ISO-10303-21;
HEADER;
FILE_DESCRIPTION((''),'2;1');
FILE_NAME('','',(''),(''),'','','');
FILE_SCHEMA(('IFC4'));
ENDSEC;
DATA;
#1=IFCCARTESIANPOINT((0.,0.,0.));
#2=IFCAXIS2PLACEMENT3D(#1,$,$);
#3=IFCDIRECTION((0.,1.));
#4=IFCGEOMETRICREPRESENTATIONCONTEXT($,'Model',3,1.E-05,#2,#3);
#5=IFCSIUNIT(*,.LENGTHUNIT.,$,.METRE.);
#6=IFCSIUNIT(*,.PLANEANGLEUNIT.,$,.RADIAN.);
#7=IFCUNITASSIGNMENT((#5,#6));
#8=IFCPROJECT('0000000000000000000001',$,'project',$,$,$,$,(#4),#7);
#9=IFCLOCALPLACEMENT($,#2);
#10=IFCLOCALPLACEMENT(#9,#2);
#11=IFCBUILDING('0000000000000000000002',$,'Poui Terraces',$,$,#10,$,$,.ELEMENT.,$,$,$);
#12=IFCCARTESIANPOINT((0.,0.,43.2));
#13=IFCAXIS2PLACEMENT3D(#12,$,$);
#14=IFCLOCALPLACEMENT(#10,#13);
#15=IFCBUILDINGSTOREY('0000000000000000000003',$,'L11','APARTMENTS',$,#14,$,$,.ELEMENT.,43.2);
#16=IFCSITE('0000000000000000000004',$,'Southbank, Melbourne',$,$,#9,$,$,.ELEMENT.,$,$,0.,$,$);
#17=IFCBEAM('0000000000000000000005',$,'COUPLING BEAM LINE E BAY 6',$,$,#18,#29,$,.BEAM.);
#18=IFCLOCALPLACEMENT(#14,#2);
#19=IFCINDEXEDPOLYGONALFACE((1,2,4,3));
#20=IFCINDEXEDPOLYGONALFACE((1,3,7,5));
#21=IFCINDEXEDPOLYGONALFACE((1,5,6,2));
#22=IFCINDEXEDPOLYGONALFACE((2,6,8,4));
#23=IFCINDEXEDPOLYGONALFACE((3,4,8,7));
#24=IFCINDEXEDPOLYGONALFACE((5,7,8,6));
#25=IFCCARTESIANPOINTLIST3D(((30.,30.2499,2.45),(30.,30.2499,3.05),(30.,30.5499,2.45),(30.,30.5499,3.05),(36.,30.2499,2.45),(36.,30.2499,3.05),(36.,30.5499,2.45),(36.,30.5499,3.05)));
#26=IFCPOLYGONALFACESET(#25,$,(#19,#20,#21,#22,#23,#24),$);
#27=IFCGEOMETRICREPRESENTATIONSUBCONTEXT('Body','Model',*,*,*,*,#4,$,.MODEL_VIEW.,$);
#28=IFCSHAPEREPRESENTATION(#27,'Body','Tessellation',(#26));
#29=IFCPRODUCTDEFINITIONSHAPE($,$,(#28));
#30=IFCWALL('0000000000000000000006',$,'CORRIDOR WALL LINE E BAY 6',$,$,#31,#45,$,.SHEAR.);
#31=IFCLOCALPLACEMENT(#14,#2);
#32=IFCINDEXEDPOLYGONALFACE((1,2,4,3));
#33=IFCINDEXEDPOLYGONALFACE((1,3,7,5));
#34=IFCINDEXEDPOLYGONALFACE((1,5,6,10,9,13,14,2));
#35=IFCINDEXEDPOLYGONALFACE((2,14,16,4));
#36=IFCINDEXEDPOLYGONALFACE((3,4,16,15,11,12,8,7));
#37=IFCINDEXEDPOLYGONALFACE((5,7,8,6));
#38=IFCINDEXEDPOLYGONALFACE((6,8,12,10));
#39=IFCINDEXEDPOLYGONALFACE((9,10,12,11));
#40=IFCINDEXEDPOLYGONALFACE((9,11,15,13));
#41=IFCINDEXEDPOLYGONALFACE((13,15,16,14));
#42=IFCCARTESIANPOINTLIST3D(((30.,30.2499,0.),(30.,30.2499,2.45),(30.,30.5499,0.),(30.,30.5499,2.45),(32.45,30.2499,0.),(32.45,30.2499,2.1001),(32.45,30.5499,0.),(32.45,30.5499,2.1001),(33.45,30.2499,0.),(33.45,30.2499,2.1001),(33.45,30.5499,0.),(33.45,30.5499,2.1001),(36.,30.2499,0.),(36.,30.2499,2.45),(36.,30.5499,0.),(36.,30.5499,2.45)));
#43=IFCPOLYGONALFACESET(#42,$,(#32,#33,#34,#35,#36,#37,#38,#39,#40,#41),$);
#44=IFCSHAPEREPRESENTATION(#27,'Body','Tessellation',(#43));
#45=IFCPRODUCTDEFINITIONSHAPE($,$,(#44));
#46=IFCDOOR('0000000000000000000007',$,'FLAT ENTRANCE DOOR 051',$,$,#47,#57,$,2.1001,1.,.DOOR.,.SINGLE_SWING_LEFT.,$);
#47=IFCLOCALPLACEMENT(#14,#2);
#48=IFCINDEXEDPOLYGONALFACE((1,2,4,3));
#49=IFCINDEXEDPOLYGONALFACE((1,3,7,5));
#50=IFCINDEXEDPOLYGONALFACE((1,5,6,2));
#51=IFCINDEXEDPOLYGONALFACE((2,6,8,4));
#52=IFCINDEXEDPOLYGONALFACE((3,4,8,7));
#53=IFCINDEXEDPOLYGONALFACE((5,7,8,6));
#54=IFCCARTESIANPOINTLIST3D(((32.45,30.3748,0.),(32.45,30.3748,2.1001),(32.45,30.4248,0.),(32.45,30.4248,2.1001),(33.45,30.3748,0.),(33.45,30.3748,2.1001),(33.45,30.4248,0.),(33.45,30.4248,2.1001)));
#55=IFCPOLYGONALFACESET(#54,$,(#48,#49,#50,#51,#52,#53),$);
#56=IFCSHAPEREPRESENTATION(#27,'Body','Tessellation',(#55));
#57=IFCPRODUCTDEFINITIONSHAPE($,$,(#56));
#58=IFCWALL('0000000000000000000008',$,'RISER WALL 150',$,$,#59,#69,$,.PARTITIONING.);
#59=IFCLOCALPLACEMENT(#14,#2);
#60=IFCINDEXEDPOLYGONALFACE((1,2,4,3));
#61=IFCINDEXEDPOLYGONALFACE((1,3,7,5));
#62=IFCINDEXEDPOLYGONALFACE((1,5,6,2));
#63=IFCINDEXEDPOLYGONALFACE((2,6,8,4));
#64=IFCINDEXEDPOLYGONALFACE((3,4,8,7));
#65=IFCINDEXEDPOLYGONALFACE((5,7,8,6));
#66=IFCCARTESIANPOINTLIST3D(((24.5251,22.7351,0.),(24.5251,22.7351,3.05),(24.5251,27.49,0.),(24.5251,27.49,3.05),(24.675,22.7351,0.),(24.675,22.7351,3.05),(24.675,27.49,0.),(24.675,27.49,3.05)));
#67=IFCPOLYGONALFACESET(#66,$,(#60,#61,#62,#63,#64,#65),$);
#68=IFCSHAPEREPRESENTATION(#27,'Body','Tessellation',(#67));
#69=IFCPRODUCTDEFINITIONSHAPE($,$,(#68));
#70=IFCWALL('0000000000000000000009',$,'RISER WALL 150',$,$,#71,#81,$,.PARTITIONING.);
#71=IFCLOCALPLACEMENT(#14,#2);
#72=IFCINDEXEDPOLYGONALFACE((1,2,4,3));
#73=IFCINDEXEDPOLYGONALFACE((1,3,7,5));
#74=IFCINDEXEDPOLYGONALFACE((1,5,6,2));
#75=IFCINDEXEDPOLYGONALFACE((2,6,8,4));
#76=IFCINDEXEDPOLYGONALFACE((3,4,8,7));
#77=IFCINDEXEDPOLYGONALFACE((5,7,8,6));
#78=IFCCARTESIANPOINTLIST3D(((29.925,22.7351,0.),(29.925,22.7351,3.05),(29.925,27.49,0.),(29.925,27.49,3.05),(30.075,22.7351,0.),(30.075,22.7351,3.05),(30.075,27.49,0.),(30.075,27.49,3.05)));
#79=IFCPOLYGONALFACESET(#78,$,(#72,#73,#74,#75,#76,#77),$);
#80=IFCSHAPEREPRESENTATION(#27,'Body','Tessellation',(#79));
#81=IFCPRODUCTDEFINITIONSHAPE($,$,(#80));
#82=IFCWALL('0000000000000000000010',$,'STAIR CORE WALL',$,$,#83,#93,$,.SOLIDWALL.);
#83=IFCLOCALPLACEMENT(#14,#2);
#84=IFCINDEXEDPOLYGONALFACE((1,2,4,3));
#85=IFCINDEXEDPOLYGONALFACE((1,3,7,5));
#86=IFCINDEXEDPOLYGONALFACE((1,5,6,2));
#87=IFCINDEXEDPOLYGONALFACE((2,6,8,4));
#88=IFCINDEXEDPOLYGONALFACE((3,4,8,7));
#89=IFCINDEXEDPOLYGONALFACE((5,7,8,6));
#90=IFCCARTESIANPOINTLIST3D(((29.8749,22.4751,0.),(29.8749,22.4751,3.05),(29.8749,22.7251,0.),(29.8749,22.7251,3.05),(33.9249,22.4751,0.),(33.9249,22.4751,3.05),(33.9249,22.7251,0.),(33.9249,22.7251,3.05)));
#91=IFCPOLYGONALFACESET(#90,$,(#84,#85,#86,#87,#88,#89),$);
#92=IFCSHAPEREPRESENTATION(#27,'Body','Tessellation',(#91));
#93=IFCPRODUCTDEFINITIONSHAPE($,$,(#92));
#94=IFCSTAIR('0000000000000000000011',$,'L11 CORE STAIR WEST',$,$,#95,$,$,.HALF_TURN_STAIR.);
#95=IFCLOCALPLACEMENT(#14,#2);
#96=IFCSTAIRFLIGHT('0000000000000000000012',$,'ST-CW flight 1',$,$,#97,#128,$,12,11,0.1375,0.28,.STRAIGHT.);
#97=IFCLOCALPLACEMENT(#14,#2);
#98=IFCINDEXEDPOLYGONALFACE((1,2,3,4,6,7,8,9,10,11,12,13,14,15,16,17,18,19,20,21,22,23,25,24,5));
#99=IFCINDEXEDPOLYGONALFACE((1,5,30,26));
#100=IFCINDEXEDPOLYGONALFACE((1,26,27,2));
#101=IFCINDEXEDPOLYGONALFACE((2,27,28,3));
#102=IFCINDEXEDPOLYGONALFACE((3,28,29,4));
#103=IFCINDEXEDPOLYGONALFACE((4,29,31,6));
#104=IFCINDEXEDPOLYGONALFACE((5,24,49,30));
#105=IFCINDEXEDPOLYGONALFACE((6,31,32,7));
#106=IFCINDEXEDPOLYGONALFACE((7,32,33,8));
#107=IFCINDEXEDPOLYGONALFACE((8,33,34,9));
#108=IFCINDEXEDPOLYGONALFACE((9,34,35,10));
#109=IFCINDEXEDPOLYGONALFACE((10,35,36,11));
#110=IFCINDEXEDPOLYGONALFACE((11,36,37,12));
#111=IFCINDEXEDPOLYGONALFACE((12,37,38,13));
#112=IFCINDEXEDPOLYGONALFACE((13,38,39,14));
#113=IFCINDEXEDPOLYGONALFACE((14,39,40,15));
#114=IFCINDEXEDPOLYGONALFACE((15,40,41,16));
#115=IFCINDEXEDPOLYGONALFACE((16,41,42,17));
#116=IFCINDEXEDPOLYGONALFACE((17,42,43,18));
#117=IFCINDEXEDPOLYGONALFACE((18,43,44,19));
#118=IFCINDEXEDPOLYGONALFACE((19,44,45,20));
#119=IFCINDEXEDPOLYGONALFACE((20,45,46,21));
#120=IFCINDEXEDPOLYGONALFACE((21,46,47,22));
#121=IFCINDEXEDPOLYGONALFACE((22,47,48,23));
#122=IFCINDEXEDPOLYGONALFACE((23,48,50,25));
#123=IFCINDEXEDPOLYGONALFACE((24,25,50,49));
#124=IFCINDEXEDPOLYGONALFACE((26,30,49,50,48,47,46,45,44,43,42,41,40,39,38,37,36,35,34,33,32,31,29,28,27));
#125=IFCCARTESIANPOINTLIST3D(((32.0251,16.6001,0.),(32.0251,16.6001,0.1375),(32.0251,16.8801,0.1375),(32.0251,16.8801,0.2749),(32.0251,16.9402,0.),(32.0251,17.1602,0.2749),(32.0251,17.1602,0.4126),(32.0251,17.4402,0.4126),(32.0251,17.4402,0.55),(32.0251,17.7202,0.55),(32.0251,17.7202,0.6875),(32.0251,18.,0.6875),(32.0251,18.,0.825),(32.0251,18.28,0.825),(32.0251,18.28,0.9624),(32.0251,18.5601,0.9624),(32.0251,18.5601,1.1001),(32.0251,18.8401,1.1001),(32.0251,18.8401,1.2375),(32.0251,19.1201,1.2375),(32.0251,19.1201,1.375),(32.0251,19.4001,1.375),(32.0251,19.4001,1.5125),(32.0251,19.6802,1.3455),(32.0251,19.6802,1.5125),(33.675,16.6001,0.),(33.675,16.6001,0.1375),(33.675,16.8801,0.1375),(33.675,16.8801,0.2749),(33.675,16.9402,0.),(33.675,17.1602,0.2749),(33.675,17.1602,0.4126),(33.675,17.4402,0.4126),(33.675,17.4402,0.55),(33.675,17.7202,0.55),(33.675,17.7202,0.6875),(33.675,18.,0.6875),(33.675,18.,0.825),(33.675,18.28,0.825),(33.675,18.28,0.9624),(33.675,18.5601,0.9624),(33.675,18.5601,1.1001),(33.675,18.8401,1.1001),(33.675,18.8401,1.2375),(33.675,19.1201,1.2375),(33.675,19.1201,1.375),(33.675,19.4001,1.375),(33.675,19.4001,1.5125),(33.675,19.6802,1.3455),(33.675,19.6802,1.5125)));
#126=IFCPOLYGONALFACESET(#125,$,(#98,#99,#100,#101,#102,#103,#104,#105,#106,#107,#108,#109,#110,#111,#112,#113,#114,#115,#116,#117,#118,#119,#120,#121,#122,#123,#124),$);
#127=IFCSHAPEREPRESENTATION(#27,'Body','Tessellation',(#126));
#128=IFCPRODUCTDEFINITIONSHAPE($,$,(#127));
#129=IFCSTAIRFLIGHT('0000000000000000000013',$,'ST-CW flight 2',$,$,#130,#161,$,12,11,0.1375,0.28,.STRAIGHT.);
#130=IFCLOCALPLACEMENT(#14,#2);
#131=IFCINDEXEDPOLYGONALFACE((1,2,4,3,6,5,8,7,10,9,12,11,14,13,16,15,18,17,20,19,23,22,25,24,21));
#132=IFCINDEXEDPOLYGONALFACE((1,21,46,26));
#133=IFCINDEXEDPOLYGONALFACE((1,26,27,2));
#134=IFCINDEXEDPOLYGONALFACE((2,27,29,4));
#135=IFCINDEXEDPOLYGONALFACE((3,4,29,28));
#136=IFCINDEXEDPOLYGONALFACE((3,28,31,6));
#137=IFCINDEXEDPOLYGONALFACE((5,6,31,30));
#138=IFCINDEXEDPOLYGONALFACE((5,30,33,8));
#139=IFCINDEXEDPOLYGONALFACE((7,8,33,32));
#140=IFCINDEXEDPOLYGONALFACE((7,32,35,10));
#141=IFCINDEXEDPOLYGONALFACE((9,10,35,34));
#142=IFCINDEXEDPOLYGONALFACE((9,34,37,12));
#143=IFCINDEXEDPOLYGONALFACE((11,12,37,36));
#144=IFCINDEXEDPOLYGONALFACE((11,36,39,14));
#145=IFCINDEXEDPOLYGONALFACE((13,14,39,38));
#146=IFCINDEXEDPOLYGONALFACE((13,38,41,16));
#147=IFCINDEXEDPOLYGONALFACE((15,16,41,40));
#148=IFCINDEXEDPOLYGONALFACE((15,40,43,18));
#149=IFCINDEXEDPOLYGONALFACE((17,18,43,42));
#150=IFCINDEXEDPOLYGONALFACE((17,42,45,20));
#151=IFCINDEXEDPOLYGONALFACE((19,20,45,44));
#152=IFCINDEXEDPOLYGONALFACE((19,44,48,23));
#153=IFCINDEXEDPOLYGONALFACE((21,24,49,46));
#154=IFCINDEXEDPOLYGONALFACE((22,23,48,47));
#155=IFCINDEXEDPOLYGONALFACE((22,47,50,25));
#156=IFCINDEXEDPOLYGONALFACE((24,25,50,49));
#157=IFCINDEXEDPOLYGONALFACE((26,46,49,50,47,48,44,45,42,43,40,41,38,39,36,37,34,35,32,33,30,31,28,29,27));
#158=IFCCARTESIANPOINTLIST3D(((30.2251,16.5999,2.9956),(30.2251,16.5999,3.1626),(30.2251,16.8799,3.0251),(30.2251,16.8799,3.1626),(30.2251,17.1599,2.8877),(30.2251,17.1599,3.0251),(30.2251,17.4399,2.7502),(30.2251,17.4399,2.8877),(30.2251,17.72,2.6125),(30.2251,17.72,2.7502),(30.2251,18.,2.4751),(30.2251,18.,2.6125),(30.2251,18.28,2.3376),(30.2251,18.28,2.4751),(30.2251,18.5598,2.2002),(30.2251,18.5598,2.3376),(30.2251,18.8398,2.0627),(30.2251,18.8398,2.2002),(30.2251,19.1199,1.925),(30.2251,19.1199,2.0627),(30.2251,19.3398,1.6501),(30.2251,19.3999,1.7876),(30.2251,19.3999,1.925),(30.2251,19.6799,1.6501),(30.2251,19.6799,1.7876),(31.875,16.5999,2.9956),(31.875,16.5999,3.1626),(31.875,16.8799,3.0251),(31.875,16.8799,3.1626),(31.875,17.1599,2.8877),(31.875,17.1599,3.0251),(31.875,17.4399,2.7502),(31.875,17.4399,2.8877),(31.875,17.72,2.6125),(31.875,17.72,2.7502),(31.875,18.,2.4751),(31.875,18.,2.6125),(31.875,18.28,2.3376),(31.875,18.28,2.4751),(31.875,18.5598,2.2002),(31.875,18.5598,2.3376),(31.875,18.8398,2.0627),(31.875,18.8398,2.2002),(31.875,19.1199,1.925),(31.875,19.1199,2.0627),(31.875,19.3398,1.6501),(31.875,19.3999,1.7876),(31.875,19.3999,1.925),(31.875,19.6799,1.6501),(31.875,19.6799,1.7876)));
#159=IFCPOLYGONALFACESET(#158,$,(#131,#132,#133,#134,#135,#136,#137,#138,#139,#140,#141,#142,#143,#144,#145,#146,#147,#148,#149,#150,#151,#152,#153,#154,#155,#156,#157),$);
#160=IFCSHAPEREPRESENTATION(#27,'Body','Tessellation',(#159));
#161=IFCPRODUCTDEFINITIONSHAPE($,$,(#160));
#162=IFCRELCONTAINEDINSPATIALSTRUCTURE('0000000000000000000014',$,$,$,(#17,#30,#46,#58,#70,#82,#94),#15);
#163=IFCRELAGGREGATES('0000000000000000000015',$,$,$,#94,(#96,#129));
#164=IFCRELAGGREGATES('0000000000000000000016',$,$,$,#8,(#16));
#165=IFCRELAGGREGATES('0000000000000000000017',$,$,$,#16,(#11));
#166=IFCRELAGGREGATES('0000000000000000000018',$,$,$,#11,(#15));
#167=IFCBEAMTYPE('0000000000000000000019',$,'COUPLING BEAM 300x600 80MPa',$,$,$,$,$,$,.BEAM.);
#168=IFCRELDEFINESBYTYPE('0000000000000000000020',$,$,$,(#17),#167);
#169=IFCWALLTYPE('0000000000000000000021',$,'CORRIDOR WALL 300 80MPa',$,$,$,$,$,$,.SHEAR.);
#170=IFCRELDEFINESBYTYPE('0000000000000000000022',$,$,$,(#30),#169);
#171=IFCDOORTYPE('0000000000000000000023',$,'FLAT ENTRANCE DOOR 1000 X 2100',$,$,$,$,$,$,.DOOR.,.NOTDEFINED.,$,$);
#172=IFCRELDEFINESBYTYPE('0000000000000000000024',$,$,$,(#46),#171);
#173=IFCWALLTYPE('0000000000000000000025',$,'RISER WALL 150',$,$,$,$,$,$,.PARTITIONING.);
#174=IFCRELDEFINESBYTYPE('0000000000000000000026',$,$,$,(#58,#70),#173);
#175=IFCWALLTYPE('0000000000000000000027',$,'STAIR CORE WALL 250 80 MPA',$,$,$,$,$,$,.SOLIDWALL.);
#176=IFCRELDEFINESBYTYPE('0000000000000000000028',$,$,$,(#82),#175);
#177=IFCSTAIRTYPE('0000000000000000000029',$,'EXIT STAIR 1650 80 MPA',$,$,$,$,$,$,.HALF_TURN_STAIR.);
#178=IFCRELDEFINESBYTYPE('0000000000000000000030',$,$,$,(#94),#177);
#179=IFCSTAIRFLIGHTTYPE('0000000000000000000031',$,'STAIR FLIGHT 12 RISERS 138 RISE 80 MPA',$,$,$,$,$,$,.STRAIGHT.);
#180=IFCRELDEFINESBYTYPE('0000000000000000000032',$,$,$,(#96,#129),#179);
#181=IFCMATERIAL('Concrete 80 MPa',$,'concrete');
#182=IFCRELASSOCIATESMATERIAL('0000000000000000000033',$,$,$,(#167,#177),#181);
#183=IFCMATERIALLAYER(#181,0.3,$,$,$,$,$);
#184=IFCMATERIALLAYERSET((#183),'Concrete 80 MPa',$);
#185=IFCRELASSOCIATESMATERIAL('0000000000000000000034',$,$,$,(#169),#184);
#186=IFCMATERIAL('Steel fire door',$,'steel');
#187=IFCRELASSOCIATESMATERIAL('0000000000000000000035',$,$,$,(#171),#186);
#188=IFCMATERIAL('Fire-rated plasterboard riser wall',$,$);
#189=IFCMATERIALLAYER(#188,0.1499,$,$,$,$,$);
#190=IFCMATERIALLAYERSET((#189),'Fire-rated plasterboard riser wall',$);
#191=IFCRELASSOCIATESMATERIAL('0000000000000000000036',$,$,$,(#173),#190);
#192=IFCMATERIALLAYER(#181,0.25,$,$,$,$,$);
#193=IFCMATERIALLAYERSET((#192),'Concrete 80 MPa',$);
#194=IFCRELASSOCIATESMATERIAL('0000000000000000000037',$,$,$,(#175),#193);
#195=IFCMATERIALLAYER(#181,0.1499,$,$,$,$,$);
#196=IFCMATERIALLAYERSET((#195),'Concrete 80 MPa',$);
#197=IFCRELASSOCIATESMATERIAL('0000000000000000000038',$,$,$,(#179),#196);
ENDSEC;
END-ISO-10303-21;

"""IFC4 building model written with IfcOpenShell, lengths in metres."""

from ifc_helpers import new_model, si_unit, direction, frame, frame_2d, origin, origin_2d, place, context, subcontext, project, spatial, polyline, rectangle, outline, extrude, source, transform, mapped, material, layer, layer_set, material_profile, profile_set, type_object, element, fill, aggregate, save


model = new_model("IFC4")

# Units and contexts
model_context = context("Model", 3, precision=1e-05, world=origin(), true_north=direction((0.0, 1.0)))
body_context = subcontext(model_context, "Body", "Model", "MODEL_VIEW")
ifc_project = project(units=[si_unit("LENGTHUNIT", "METRE"), si_unit("PLANEANGLEUNIT", "RADIAN")], contexts=[model_context])

# Site, building, storey
site_placement = place(None, origin())
site = spatial("IfcSite", under=ifc_project, at=site_placement, Name="Southbank, Melbourne", CompositionType="ELEMENT", RefElevation=0.0)
building_placement = place(site_placement, origin())
building = spatial("IfcBuilding", under=site, at=building_placement, Name="Poui Terraces", CompositionType="ELEMENT")
storey_placement = place(building_placement, frame((0.0, 0.0, 43.2)))
storey = spatial("IfcBuildingStorey", under=building, at=storey_placement, Name="L11", Description="APARTMENTS", CompositionType="ELEMENT", Elevation=43.2)

# Beam
ifc_material_1 = material(Name="Concrete 80 MPa", Category="concrete")
ifc_material_profile = material_profile(ifc_material_1, rectangle(XDim=0.3, YDim=0.6001, at=origin_2d()), Name="RC 300x600")
ifc_profile_set = profile_set([ifc_material_profile], Name="Concrete 80 MPa")
beam_type = type_object("IfcBeamType", Name="COUPLING BEAM 300x600 80MPa", PredefinedType="BEAM", material=ifc_profile_set)
shared_shape = source(origin(), body_context, "Body", "SweptSolid", [
    extrude(rectangle(XDim=0.3, YDim=0.6001, at=origin_2d()), origin(), (0.0, 0.0, 1.0), 6.0),
])
beam_placement = place(storey_placement, frame((30.0, 30.3999, 2.75), z_axis=(1.0, 0.0, 0.0), x_axis=(0.0, 1.0, 0.0)))
element("IfcBeam", 1, at=beam_placement, inside=storey, type_object=beam_type, Name="COUPLING BEAM LINE E BAY 6", PredefinedType="BEAM", context=body_context, shape_type="MappedRepresentation", body=[
    mapped(shared_shape, transform((0.0, 0.0, 0.0))),
])

# Wall, opening, door
ifc_layer_1 = layer(ifc_material_1, 0.3)
ifc_layer_set_1 = layer_set([ifc_layer_1], Name="Concrete 80 MPa")
wall_type_1 = type_object("IfcWallType", Name="CORRIDOR WALL 300 80MPa", PredefinedType="SHEAR", material=ifc_layer_set_1)
wall_1_placement = place(storey_placement, frame((30.0, 30.3999, 0.0), z_axis=(0.0, 0.0, 1.0), x_axis=(1.0, 0.0, 0.0)))
wall_1 = element("IfcWall", 2, at=wall_1_placement, inside=storey, type_object=wall_type_1, Name="CORRIDOR WALL LINE E BAY 6", PredefinedType="SHEAR", context=body_context, shape_type="SweptSolid", body=[
    extrude(rectangle(XDim=6.0, YDim=0.3, at=frame_2d((3.0, 0.0))), origin(), (0.0, 0.0, 1.0), 2.45),
])
opening_placement = place(wall_1_placement, frame((2.45, 0.0, 0.0)))
opening = element("IfcOpeningElement", 3, at=opening_placement, cuts=wall_1, PredefinedType="OPENING", context=body_context, shape_type="SweptSolid", body=[
    extrude(rectangle(XDim=1.0, YDim=2.1001, at=frame_2d((0.5, 1.05))), frame((0.0, 0.1602, 0.0), z_axis=(0.0, -1.0, 0.0), x_axis=(1.0, 0.0, 0.0)), (0.0, 0.0, 1.0), 0.3201),
])
ifc_material_2 = material(Name="Steel fire door", Category="steel")
door_type = type_object("IfcDoorType", Name="FLAT ENTRANCE DOOR 1000 X 2100", OperationType="NOTDEFINED", PredefinedType="DOOR", material=ifc_material_2)
door_placement = place(opening_placement, origin())
door = element("IfcDoor", 4, at=door_placement, inside=storey, type_object=door_type, Name="FLAT ENTRANCE DOOR 051", OperationType="SINGLE_SWING_LEFT", OverallHeight=2.1001, OverallWidth=1.0, PredefinedType="DOOR", context=body_context, shape_type="SweptSolid", body=[
    extrude(rectangle(XDim=1.0, YDim=2.1001, at=frame_2d((0.5, 1.05))), frame((0.0, 0.0249, 0.0), z_axis=(0.0, -1.0, 0.0), x_axis=(1.0, 0.0, 0.0)), (0.0, 0.0, 1.0), 0.05),
])
fill(opening, door)

# Walls
ifc_material_3 = material(Name="Fire-rated plasterboard riser wall")
ifc_layer_2 = layer(ifc_material_3, 0.1499)
ifc_layer_set_2 = layer_set([ifc_layer_2], Name="Fire-rated plasterboard riser wall")
wall_type_2 = type_object("IfcWallType", Name="RISER WALL 150", PredefinedType="PARTITIONING", material=ifc_layer_set_2)
for number, where, z_axis, x_axis, name in (
    (5, (24.6001, 22.7351, 0.0), (0.0, 0.0, 1.0), (0.0, 1.0, 0.0), "RISER WALL 150"),
    (6, (30.0, 22.7351, 0.0), (0.0, 0.0, 1.0), (0.0, 1.0, 0.0), "RISER WALL 150"),
):
    element("IfcWall", number, at=place(storey_placement, frame(where, z_axis=z_axis, x_axis=x_axis)), inside=storey, type_object=wall_type_2, Name=name, PredefinedType="PARTITIONING", context=body_context, shape_type="SweptSolid", body=[
        extrude(rectangle(XDim=4.7549, YDim=0.1499, at=frame_2d((2.3774, 0.0))), origin(), (0.0, 0.0, 1.0), 3.05),
    ])
ifc_layer_3 = layer(ifc_material_1, 0.25)
ifc_layer_set_3 = layer_set([ifc_layer_3], Name="Concrete 80 MPa")
wall_type_3 = type_object("IfcWallType", Name="STAIR CORE WALL 250 80 MPA", PredefinedType="SOLIDWALL", material=ifc_layer_set_3)
wall_2_placement = place(storey_placement, frame((29.875, 22.6001, 0.0), z_axis=(0.0, 0.0, 1.0), x_axis=(1.0, 0.0, 0.0)))
element("IfcWall", 7, at=wall_2_placement, inside=storey, type_object=wall_type_3, Name="STAIR CORE WALL", PredefinedType="SOLIDWALL", context=body_context, shape_type="SweptSolid", body=[
    extrude(rectangle(XDim=4.05, YDim=0.25, at=frame_2d((2.0249, 0.0))), origin(), (0.0, 0.0, 1.0), 3.05),
])

# Stair, stair flights
stair_type = type_object("IfcStairType", Name="EXIT STAIR 1650 80 MPA", PredefinedType="HALF_TURN_STAIR", material=ifc_material_1)
stair_placement = place(storey_placement, origin())
stair = element("IfcStair", 8, at=stair_placement, inside=storey, type_object=stair_type, Name="L11 CORE STAIR WEST", PredefinedType="HALF_TURN_STAIR")
ifc_layer_4 = layer(ifc_material_1, 0.1499)
ifc_layer_set_4 = layer_set([ifc_layer_4], Name="Concrete 80 MPa")
stair_flight_type = type_object("IfcStairFlightType", Name="STAIR FLIGHT 12 RISERS 138 RISE 80 MPA", PredefinedType="STRAIGHT", material=ifc_layer_set_4)
stair_flight_1_placement = place(storey_placement, frame((32.8501, 16.6001, 0.0), z_axis=(0.0, 0.0, 1.0), x_axis=(0.0, 1.0, 0.0)))
stair_flight_1 = element("IfcStairFlight", 9, at=stair_flight_1_placement, type_object=stair_flight_type, Name="ST-CW flight 1", NumberOfRisers=12, NumberOfTreads=11, PredefinedType="STRAIGHT", RiserHeight=0.1375, TreadLength=0.28, context=body_context, shape_type="SweptSolid", body=[
    extrude(outline(polyline([(0.0, 0.0), (0.0, 0.1375), (0.28, 0.1375), (0.28, 0.2749), (0.5601, 0.2749), (0.5601, 0.4126), (0.8401, 0.4126), (0.8401, 0.55), (1.1201, 0.55), (1.1201, 0.6875), (1.3999, 0.6875), (1.3999, 0.825), (1.6799, 0.825), (1.6799, 0.9624), (1.96, 0.9624), (1.96, 1.1001), (2.24, 1.1001), (2.24, 1.2375), (2.52, 1.2375), (2.52, 1.375), (2.8, 1.375), (2.8, 1.5125), (3.0801, 1.5125), (3.0801, 1.6499), (3.0801, 1.3455), (0.3401, 0.0), (0.0, 0.0)])), frame((0.0, 0.825, 0.0), z_axis=(0.0, -1.0, 0.0), x_axis=(1.0, 0.0, 0.0)), (0.0, 0.0, 1.0), 1.6499),
])
stair_flight_2_placement = place(storey_placement, frame((31.05, 19.6799, 1.6501), z_axis=(0.0, 0.0, 1.0), x_axis=(0.0, -1.0, 0.0)))
stair_flight_2 = element("IfcStairFlight", 10, at=stair_flight_2_placement, type_object=stair_flight_type, Name="ST-CW flight 2", NumberOfRisers=12, NumberOfTreads=11, PredefinedType="STRAIGHT", RiserHeight=0.1375, TreadLength=0.28, context=body_context, shape_type="SweptSolid", body=[
    extrude(outline(polyline([(0.0, 0.0), (0.0, 0.1375), (0.28, 0.1375), (0.28, 0.2749), (0.5601, 0.2749), (0.5601, 0.4126), (0.8401, 0.4126), (0.8401, 0.55), (1.1201, 0.55), (1.1201, 0.6875), (1.3999, 0.6875), (1.3999, 0.825), (1.6799, 0.825), (1.6799, 0.9624), (1.96, 0.9624), (1.96, 1.1001), (2.24, 1.1001), (2.24, 1.2375), (2.52, 1.2375), (2.52, 1.375), (2.8, 1.375), (2.8, 1.5125), (3.0801, 1.5125), (3.0801, 1.6499), (3.0801, 1.3455), (0.3401, 0.0), (0.0, 0.0)])), frame((0.0, 0.825, 0.0), z_axis=(0.0, -1.0, 0.0), x_axis=(1.0, 0.0, 0.0)), (0.0, 0.0, 1.0), 1.6499),
])
aggregate(stair, [stair_flight_1, stair_flight_2])

save(model, "model.ifc")
